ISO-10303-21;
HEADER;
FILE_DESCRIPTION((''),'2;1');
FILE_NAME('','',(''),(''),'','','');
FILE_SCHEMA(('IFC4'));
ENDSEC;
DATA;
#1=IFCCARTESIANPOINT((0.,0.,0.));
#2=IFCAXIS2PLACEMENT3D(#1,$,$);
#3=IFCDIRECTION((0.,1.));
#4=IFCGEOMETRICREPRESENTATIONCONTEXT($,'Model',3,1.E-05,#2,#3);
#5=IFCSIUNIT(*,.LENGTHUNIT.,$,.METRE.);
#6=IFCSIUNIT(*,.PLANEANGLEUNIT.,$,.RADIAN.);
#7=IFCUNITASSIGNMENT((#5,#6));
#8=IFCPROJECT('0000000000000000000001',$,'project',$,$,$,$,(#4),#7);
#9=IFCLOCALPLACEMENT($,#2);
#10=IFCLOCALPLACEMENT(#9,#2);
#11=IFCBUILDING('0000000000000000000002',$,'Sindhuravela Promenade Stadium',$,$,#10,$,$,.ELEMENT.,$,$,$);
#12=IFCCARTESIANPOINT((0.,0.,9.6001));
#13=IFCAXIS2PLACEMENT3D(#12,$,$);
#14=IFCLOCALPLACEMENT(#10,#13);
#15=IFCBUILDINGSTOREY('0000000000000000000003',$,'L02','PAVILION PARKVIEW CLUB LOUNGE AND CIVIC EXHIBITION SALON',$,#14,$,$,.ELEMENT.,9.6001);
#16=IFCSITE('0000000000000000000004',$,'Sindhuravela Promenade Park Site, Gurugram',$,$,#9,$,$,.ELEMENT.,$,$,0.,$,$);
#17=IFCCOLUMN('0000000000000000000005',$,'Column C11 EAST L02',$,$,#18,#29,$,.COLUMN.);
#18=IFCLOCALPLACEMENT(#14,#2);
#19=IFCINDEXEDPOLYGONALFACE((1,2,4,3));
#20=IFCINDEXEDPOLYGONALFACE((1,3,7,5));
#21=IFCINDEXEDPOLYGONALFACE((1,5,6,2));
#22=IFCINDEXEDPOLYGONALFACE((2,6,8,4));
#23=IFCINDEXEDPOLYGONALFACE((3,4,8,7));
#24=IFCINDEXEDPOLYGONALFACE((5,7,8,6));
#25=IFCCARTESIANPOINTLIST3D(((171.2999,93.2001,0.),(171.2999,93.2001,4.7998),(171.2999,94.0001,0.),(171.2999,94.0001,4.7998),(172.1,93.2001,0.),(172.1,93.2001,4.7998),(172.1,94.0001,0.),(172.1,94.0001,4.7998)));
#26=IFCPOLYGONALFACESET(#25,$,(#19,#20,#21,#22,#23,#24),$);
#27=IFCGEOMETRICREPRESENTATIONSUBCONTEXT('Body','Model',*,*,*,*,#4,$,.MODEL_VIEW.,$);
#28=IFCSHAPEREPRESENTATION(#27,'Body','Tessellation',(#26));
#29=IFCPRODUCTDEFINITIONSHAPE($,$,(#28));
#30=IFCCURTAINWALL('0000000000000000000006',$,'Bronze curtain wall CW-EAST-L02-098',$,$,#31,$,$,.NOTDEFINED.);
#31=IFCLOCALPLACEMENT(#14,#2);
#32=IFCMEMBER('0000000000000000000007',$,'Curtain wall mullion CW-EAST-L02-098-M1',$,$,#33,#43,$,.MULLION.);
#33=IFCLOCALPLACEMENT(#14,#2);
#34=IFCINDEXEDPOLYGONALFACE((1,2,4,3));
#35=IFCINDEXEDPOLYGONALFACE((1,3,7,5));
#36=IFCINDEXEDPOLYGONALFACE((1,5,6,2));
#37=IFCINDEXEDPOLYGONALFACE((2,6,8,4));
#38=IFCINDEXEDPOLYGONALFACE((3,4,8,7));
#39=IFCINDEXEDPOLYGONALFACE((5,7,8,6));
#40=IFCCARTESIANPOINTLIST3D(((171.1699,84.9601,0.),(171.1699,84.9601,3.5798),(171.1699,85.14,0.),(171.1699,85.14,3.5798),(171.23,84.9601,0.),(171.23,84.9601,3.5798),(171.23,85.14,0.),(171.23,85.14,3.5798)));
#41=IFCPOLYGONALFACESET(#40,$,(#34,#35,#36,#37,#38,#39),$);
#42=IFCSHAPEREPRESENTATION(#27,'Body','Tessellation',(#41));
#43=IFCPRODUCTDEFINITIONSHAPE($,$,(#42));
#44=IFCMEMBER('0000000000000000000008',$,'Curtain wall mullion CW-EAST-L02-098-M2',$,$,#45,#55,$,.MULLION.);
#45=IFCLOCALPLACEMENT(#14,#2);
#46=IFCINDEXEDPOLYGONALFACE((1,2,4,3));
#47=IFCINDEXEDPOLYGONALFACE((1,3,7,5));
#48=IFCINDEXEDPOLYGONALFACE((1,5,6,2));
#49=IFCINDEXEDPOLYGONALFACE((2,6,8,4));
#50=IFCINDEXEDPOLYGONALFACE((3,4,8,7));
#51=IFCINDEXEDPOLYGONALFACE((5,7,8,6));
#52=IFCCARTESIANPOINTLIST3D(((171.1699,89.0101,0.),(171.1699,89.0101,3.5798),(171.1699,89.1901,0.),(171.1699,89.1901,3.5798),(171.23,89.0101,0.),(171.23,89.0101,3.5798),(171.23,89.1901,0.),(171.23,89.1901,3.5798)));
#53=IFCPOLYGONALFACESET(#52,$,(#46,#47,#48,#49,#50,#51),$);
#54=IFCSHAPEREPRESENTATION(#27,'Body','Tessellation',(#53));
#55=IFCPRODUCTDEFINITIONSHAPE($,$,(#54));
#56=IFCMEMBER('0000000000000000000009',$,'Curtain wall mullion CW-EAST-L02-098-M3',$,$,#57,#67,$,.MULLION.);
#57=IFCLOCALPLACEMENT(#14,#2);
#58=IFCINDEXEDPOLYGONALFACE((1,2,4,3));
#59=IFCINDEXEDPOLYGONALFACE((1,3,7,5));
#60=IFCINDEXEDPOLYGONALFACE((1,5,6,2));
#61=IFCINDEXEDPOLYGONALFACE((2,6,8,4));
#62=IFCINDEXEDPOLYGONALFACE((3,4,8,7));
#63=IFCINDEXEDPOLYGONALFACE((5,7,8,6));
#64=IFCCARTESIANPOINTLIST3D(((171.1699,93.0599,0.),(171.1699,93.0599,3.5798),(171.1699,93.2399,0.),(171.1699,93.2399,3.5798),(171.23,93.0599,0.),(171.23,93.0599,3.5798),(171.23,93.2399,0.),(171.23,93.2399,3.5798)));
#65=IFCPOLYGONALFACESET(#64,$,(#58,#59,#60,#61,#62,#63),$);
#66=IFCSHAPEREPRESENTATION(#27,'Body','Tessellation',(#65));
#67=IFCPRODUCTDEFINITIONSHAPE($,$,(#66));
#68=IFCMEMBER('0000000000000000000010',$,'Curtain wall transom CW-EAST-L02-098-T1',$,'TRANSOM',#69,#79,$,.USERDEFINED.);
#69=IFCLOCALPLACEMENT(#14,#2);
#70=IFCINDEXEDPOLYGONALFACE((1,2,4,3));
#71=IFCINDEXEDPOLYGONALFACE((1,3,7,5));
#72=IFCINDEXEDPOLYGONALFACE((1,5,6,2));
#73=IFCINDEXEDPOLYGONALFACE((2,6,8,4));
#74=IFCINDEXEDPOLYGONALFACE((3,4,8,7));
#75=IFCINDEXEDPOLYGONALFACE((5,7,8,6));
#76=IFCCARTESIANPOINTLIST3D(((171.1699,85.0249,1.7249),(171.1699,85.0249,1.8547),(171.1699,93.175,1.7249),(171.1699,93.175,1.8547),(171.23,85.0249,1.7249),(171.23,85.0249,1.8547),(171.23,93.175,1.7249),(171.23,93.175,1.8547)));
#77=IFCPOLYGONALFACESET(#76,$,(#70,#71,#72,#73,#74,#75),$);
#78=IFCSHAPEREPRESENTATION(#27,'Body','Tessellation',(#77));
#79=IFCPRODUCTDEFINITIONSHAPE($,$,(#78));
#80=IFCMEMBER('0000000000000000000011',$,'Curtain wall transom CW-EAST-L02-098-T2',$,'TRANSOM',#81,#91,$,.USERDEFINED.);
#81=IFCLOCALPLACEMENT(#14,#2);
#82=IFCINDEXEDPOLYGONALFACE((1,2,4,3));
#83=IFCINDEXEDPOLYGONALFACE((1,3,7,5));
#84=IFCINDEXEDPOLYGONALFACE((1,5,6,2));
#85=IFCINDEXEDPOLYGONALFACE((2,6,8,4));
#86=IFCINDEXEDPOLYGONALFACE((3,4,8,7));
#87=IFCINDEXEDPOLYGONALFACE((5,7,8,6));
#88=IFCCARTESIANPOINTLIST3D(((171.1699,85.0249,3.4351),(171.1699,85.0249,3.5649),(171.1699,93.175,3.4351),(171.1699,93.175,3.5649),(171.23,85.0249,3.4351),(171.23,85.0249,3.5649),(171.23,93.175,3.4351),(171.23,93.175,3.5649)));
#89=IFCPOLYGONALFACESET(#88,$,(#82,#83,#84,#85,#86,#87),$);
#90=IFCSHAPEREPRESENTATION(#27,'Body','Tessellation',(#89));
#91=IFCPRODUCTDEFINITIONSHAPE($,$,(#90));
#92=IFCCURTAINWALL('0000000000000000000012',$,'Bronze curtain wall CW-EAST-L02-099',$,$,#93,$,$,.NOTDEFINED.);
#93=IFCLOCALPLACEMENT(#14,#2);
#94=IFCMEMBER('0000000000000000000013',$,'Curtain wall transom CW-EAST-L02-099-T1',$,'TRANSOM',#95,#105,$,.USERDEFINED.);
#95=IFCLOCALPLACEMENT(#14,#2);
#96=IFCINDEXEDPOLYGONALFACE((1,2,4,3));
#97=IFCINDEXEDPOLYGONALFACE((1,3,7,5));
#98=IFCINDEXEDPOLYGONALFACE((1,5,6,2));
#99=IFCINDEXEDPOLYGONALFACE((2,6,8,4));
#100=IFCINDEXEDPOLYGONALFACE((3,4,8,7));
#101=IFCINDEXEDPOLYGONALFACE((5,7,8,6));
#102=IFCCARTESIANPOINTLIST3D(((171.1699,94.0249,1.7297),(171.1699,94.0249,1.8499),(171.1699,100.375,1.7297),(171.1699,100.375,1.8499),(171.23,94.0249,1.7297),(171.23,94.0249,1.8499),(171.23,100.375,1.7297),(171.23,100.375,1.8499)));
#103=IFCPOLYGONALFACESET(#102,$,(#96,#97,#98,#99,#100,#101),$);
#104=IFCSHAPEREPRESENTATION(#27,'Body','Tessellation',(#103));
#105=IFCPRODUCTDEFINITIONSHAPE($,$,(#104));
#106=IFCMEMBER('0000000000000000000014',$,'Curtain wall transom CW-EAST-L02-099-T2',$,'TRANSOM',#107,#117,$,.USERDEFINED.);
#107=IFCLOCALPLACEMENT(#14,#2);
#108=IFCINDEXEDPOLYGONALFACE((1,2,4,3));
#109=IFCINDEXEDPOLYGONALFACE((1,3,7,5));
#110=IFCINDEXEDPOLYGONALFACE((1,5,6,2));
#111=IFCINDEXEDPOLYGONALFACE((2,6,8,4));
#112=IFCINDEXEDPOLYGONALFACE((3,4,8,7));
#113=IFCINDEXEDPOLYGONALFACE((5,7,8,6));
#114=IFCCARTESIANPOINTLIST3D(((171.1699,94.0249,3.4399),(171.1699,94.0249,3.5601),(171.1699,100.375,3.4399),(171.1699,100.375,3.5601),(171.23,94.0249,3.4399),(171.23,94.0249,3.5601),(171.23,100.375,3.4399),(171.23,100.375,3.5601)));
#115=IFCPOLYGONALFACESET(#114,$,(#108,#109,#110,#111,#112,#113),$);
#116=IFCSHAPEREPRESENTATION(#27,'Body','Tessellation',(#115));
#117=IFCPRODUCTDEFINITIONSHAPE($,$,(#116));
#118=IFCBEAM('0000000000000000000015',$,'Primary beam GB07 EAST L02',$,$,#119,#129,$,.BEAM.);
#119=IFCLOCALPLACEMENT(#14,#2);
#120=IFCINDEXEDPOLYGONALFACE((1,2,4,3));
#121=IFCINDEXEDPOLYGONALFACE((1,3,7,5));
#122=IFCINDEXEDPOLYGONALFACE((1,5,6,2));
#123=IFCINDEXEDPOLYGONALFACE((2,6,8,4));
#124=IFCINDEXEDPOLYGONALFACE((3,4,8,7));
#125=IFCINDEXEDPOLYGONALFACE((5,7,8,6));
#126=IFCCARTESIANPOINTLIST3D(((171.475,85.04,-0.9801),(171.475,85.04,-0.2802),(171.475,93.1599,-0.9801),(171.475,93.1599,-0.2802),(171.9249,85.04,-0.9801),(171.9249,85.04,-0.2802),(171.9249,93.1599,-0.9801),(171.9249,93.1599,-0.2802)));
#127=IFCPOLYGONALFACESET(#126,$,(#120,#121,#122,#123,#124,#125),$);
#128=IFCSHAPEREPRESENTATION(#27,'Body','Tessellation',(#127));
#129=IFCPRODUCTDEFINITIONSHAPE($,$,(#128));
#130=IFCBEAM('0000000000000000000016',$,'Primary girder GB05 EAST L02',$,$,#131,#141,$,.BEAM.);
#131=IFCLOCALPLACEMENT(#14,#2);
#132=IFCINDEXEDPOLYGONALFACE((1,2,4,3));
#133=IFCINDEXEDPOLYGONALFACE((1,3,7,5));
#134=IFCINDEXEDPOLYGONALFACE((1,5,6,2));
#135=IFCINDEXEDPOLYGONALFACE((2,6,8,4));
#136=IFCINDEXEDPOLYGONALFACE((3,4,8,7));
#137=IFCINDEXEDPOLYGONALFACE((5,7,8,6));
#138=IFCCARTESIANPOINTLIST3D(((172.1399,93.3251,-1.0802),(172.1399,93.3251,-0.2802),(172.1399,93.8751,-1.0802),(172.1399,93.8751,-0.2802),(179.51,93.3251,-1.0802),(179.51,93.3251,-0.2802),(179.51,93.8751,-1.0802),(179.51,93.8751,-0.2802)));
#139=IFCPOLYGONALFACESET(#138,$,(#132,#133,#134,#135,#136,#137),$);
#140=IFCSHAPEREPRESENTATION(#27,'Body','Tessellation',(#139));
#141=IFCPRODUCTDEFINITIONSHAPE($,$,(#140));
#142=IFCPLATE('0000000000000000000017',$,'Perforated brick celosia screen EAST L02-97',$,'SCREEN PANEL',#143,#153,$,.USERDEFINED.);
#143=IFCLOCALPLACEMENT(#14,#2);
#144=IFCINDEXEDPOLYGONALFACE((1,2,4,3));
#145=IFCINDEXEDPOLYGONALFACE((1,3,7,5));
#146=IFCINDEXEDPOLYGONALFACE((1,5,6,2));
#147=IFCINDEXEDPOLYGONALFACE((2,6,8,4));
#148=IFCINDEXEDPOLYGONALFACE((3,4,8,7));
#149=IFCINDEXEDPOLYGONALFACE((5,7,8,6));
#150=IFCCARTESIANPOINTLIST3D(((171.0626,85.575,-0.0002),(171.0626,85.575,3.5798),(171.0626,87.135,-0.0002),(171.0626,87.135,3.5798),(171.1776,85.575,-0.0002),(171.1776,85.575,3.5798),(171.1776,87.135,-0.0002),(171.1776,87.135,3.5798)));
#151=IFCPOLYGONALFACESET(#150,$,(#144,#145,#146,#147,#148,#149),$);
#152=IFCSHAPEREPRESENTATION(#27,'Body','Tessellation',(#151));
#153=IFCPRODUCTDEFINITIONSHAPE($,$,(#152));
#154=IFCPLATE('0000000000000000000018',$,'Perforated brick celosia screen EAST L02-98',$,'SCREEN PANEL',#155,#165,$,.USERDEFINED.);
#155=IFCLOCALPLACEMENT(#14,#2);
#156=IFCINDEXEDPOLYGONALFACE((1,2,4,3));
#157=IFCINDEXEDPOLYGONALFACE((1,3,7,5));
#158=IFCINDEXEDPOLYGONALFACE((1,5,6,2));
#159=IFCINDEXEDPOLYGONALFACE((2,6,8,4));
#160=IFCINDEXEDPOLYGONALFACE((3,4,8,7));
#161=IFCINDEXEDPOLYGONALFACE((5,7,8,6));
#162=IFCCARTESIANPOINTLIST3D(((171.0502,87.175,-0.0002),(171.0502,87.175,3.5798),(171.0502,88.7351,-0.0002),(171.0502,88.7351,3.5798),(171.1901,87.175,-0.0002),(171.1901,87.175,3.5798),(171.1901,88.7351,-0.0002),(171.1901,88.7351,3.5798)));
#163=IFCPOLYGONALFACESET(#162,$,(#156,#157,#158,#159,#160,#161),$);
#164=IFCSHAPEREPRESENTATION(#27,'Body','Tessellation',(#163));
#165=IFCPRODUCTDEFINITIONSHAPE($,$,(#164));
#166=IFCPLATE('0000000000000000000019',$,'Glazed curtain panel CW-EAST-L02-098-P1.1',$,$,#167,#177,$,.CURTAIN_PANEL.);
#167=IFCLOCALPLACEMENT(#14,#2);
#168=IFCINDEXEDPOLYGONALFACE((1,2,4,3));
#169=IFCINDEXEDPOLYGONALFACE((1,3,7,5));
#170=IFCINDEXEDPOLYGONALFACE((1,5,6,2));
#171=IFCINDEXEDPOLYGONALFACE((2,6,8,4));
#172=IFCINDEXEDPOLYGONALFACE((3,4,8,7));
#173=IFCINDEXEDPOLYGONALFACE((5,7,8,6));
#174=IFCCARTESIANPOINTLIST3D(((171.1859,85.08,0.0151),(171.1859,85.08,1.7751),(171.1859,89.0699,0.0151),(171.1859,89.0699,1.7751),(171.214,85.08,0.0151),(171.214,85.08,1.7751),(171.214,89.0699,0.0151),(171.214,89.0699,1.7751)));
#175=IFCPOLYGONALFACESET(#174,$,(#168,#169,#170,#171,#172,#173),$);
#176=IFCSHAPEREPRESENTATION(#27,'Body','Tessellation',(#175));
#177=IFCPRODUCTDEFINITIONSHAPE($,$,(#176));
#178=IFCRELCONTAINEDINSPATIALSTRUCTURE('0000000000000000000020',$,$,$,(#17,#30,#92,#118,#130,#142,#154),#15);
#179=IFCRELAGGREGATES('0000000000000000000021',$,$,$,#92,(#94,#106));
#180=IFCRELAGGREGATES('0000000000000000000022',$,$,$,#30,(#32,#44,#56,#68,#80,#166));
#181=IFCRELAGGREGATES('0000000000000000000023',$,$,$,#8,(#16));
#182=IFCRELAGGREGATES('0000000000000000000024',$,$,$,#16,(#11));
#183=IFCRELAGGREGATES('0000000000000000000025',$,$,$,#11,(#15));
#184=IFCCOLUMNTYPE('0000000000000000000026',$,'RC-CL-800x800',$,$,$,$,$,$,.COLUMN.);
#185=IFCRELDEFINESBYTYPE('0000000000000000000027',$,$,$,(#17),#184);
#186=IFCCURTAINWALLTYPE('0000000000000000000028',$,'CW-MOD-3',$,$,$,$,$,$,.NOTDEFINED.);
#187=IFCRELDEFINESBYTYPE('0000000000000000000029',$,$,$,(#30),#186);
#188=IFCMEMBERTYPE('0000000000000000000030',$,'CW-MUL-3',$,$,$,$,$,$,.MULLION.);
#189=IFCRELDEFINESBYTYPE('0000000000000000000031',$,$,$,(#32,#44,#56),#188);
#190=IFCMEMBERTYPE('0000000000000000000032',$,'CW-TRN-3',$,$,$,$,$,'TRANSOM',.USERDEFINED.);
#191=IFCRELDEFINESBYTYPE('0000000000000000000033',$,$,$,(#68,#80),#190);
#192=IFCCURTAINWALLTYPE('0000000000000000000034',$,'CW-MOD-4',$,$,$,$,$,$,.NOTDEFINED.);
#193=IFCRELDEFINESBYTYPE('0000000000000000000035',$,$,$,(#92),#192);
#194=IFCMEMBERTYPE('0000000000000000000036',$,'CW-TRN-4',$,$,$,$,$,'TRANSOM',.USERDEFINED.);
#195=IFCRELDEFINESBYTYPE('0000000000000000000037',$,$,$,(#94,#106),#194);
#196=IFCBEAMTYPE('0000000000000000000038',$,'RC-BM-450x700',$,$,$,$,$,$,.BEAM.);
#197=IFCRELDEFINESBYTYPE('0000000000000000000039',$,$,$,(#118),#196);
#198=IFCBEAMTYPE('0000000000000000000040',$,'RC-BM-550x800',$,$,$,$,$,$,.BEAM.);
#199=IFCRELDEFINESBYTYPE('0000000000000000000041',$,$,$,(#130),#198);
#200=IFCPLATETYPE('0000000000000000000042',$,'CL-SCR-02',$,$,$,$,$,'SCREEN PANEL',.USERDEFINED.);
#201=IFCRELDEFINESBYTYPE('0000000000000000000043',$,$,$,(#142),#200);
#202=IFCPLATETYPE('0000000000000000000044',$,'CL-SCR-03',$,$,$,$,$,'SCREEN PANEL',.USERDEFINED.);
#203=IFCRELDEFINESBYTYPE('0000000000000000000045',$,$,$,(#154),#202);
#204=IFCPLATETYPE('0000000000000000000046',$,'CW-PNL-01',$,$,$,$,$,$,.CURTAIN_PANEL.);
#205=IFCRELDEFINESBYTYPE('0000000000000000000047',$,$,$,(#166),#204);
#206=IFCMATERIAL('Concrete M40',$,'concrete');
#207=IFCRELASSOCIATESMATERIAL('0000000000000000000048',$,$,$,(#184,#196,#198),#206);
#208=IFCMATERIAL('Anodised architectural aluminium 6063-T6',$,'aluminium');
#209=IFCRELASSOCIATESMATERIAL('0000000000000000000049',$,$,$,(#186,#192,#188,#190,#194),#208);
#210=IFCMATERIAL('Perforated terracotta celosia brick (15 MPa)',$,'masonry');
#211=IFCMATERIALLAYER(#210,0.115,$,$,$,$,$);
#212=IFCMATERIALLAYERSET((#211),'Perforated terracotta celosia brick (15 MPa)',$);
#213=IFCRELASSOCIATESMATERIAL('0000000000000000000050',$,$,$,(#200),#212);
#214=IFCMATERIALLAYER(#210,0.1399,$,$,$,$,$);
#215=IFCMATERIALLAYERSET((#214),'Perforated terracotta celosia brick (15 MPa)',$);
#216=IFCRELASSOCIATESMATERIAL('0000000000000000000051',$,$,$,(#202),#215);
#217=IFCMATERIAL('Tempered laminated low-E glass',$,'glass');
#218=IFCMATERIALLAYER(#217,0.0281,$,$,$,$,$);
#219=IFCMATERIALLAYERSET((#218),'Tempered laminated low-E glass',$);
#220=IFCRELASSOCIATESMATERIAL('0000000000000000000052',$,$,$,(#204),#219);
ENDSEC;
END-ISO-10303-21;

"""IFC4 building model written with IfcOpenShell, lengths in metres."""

from ifc_helpers import new_model, si_unit, direction, frame, origin, origin_2d, place, context, subcontext, project, spatial, rectangle, extrude, material, layer, layer_set, material_profile, profile_set, type_object, element, aggregate, save


model = new_model("IFC4")

# Units and contexts
model_context = context("Model", 3, precision=1e-05, world=origin(), true_north=direction((0.0, 1.0)))
body_context = subcontext(model_context, "Body", "Model", "MODEL_VIEW")
ifc_project = project(units=[si_unit("LENGTHUNIT", "METRE"), si_unit("PLANEANGLEUNIT", "RADIAN")], contexts=[model_context])

# Site, building, storey
site_placement = place(None, origin())
site = spatial("IfcSite", under=ifc_project, at=site_placement, Name="Sindhuravela Promenade Park Site, Gurugram", CompositionType="ELEMENT", RefElevation=0.0)
building_placement = place(site_placement, origin())
building = spatial("IfcBuilding", under=site, at=building_placement, Name="Sindhuravela Promenade Stadium", CompositionType="ELEMENT")
storey_placement = place(building_placement, frame((0.0, 0.0, 9.6001)))
storey = spatial("IfcBuildingStorey", under=building, at=storey_placement, Name="L02", Description="PAVILION PARKVIEW CLUB LOUNGE AND CIVIC EXHIBITION SALON", CompositionType="ELEMENT", Elevation=9.6001)

# Column
ifc_material_1 = material(Name="Concrete M40", Category="concrete")
ifc_material_profile_1 = material_profile(ifc_material_1, rectangle(XDim=0.8, YDim=0.8, at=origin_2d()), Name="RC 800x800")
ifc_profile_set_1 = profile_set([ifc_material_profile_1], Name="Concrete M40")
column_type = type_object("IfcColumnType", Name="RC-CL-800x800", PredefinedType="COLUMN", material=ifc_profile_set_1)
column_placement = place(storey_placement, frame((171.7, 93.6001, 0.0), z_axis=(0.0, 0.0, 1.0), x_axis=(1.0, 0.0, 0.0)))
element("IfcColumn", 1, at=column_placement, inside=storey, type_object=column_type, Name="Column C11 EAST L02", PredefinedType="COLUMN", context=body_context, shape_type="SweptSolid", body=[
    extrude(rectangle(XDim=0.8, YDim=0.8, at=origin_2d()), origin(), (0.0, 0.0, 1.0), 4.7998),
])

# Curtain walls, members
ifc_material_2 = material(Name="Anodised architectural aluminium 6063-T6", Category="aluminium")
curtain_wall_type_1 = type_object("IfcCurtainWallType", Name="CW-MOD-3", PredefinedType="NOTDEFINED", material=ifc_material_2)
curtain_wall_1_placement = place(storey_placement, origin())
curtain_wall_1 = element("IfcCurtainWall", 2, at=curtain_wall_1_placement, inside=storey, type_object=curtain_wall_type_1, Name="Bronze curtain wall CW-EAST-L02-098", PredefinedType="NOTDEFINED")
ifc_material_profile_2 = material_profile(ifc_material_2, rectangle(XDim=0.0601, YDim=0.1799, at=origin_2d()), Name="ALU M60x180")
ifc_profile_set_2 = profile_set([ifc_material_profile_2], Name="Anodised architectural aluminium 6063-T6")
member_type_1 = type_object("IfcMemberType", Name="CW-MUL-3", PredefinedType="MULLION", material=ifc_profile_set_2)
member_1_placement = place(storey_placement, frame((171.2, 85.05, 0.0), z_axis=(0.0, 0.0, 1.0), x_axis=(1.0, 0.0, 0.0)))
member_1 = element("IfcMember", 3, at=member_1_placement, type_object=member_type_1, Name="Curtain wall mullion CW-EAST-L02-098-M1", PredefinedType="MULLION", context=body_context, shape_type="SweptSolid", body=[
    extrude(rectangle(XDim=0.0601, YDim=0.1799, at=origin_2d()), origin(), (0.0, 0.0, 1.0), 3.5798),
])
member_2_placement = place(storey_placement, frame((171.2, 89.1001, 0.0), z_axis=(0.0, 0.0, 1.0), x_axis=(1.0, 0.0, 0.0)))
member_2 = element("IfcMember", 4, at=member_2_placement, type_object=member_type_1, Name="Curtain wall mullion CW-EAST-L02-098-M2", PredefinedType="MULLION", context=body_context, shape_type="SweptSolid", body=[
    extrude(rectangle(XDim=0.0601, YDim=0.1799, at=origin_2d()), origin(), (0.0, 0.0, 1.0), 3.5798),
])
member_3_placement = place(storey_placement, frame((171.2, 93.1499, 0.0), z_axis=(0.0, 0.0, 1.0), x_axis=(1.0, 0.0, 0.0)))
member_3 = element("IfcMember", 5, at=member_3_placement, type_object=member_type_1, Name="Curtain wall mullion CW-EAST-L02-098-M3", PredefinedType="MULLION", context=body_context, shape_type="SweptSolid", body=[
    extrude(rectangle(XDim=0.0601, YDim=0.1799, at=origin_2d()), origin(), (0.0, 0.0, 1.0), 3.5798),
])
ifc_material_profile_3 = material_profile(ifc_material_2, rectangle(XDim=0.0601, YDim=0.1299, at=origin_2d()), Name="ALU T60x130")
ifc_profile_set_3 = profile_set([ifc_material_profile_3], Name="Anodised architectural aluminium 6063-T6")
member_type_2 = type_object("IfcMemberType", Name="CW-TRN-3", ElementType="TRANSOM", PredefinedType="USERDEFINED", material=ifc_profile_set_3)
member_4_placement = place(storey_placement, frame((171.2, 85.0249, 1.7898), z_axis=(0.0, 1.0, 0.0), x_axis=(-1.0, 0.0, 0.0)))
member_4 = element("IfcMember", 6, at=member_4_placement, type_object=member_type_2, Name="Curtain wall transom CW-EAST-L02-098-T1", ObjectType="TRANSOM", PredefinedType="USERDEFINED", context=body_context, shape_type="SweptSolid", body=[
    extrude(rectangle(XDim=0.0601, YDim=0.1299, at=origin_2d()), origin(), (0.0, 0.0, 1.0), 8.1501),
])
member_5_placement = place(storey_placement, frame((171.2, 85.0249, 3.5), z_axis=(0.0, 1.0, 0.0), x_axis=(-1.0, 0.0, 0.0)))
member_5 = element("IfcMember", 7, at=member_5_placement, type_object=member_type_2, Name="Curtain wall transom CW-EAST-L02-098-T2", ObjectType="TRANSOM", PredefinedType="USERDEFINED", context=body_context, shape_type="SweptSolid", body=[
    extrude(rectangle(XDim=0.0601, YDim=0.1299, at=origin_2d()), origin(), (0.0, 0.0, 1.0), 8.1501),
])
curtain_wall_type_2 = type_object("IfcCurtainWallType", Name="CW-MOD-4", PredefinedType="NOTDEFINED", material=ifc_material_2)
curtain_wall_2_placement = place(storey_placement, origin())
curtain_wall_2 = element("IfcCurtainWall", 8, at=curtain_wall_2_placement, inside=storey, type_object=curtain_wall_type_2, Name="Bronze curtain wall CW-EAST-L02-099", PredefinedType="NOTDEFINED")
ifc_material_profile_4 = material_profile(ifc_material_2, rectangle(XDim=0.0601, YDim=0.1201, at=origin_2d()), Name="ALU T60x120")
ifc_profile_set_4 = profile_set([ifc_material_profile_4], Name="Anodised architectural aluminium 6063-T6")
member_type_3 = type_object("IfcMemberType", Name="CW-TRN-4", ElementType="TRANSOM", PredefinedType="USERDEFINED", material=ifc_profile_set_4)
member_6_placement = place(storey_placement, frame((171.2, 94.0249, 1.7898), z_axis=(0.0, 1.0, 0.0), x_axis=(-1.0, 0.0, 0.0)))
member_6 = element("IfcMember", 9, at=member_6_placement, type_object=member_type_3, Name="Curtain wall transom CW-EAST-L02-099-T1", ObjectType="TRANSOM", PredefinedType="USERDEFINED", context=body_context, shape_type="SweptSolid", body=[
    extrude(rectangle(XDim=0.0601, YDim=0.1201, at=origin_2d()), origin(), (0.0, 0.0, 1.0), 6.3501),
])
member_7_placement = place(storey_placement, frame((171.2, 94.0249, 3.5), z_axis=(0.0, 1.0, 0.0), x_axis=(-1.0, 0.0, 0.0)))
member_7 = element("IfcMember", 10, at=member_7_placement, type_object=member_type_3, Name="Curtain wall transom CW-EAST-L02-099-T2", ObjectType="TRANSOM", PredefinedType="USERDEFINED", context=body_context, shape_type="SweptSolid", body=[
    extrude(rectangle(XDim=0.0601, YDim=0.1201, at=origin_2d()), origin(), (0.0, 0.0, 1.0), 6.3501),
])
aggregate(curtain_wall_2, [member_6, member_7])

# Beams
ifc_material_profile_5 = material_profile(ifc_material_1, rectangle(XDim=0.45, YDim=0.7, at=origin_2d()), Name="RC 450x700")
ifc_profile_set_5 = profile_set([ifc_material_profile_5], Name="Concrete M40")
beam_type_1 = type_object("IfcBeamType", Name="RC-BM-450x700", PredefinedType="BEAM", material=ifc_profile_set_5)
beam_1_placement = place(storey_placement, frame((171.7, 85.04, -0.6301), z_axis=(0.0, 1.0, 0.0), x_axis=(-1.0, 0.0, 0.0)))
element("IfcBeam", 11, at=beam_1_placement, inside=storey, type_object=beam_type_1, Name="Primary beam GB07 EAST L02", PredefinedType="BEAM", context=body_context, shape_type="SweptSolid", body=[
    extrude(rectangle(XDim=0.45, YDim=0.7, at=origin_2d()), origin(), (0.0, 0.0, 1.0), 8.1199),
])
ifc_material_profile_6 = material_profile(ifc_material_1, rectangle(XDim=0.55, YDim=0.8, at=origin_2d()), Name="RC 550x800")
ifc_profile_set_6 = profile_set([ifc_material_profile_6], Name="Concrete M40")
beam_type_2 = type_object("IfcBeamType", Name="RC-BM-550x800", PredefinedType="BEAM", material=ifc_profile_set_6)
beam_2_placement = place(storey_placement, frame((172.1399, 93.6001, -0.6802), z_axis=(1.0, 0.0, 0.0), x_axis=(0.0, 1.0, 0.0)))
element("IfcBeam", 12, at=beam_2_placement, inside=storey, type_object=beam_type_2, Name="Primary girder GB05 EAST L02", PredefinedType="BEAM", context=body_context, shape_type="SweptSolid", body=[
    extrude(rectangle(XDim=0.55, YDim=0.8, at=origin_2d()), origin(), (0.0, 0.0, 1.0), 7.3701),
])

# Plates
ifc_material_3 = material(Name="Perforated terracotta celosia brick (15 MPa)", Category="masonry")
ifc_layer_1 = layer(ifc_material_3, 0.115)
ifc_layer_set_1 = layer_set([ifc_layer_1], Name="Perforated terracotta celosia brick (15 MPa)")
plate_type_1 = type_object("IfcPlateType", Name="CL-SCR-02", ElementType="SCREEN PANEL", PredefinedType="USERDEFINED", material=ifc_layer_set_1)
plate_1_placement = place(storey_placement, frame((171.1201, 86.355, -0.0002), z_axis=(0.0, 0.0, 1.0), x_axis=(0.0, 1.0, 0.0)))
element("IfcPlate", 13, at=plate_1_placement, inside=storey, type_object=plate_type_1, Name="Perforated brick celosia screen EAST L02-97", ObjectType="SCREEN PANEL", PredefinedType="USERDEFINED", context=body_context, shape_type="SweptSolid", body=[
    extrude(rectangle(XDim=1.5601, YDim=0.115, at=origin_2d()), origin(), (0.0, 0.0, 1.0), 3.5801),
])
ifc_layer_2 = layer(ifc_material_3, 0.1399)
ifc_layer_set_2 = layer_set([ifc_layer_2], Name="Perforated terracotta celosia brick (15 MPa)")
plate_type_2 = type_object("IfcPlateType", Name="CL-SCR-03", ElementType="SCREEN PANEL", PredefinedType="USERDEFINED", material=ifc_layer_set_2)
plate_2_placement = place(storey_placement, frame((171.1201, 87.9551, -0.0002), z_axis=(0.0, 0.0, 1.0), x_axis=(0.0, 1.0, 0.0)))
element("IfcPlate", 14, at=plate_2_placement, inside=storey, type_object=plate_type_2, Name="Perforated brick celosia screen EAST L02-98", ObjectType="SCREEN PANEL", PredefinedType="USERDEFINED", context=body_context, shape_type="SweptSolid", body=[
    extrude(rectangle(XDim=1.5601, YDim=0.1399, at=origin_2d()), origin(), (0.0, 0.0, 1.0), 3.5801),
])

# Plate
ifc_material_4 = material(Name="Tempered laminated low-E glass", Category="glass")
ifc_layer_3 = layer(ifc_material_4, 0.0281)
ifc_layer_set_3 = layer_set([ifc_layer_3], Name="Tempered laminated low-E glass")
plate_type_3 = type_object("IfcPlateType", Name="CW-PNL-01", PredefinedType="CURTAIN_PANEL", material=ifc_layer_set_3)
plate_3_placement = place(storey_placement, frame((171.2, 87.075, 0.0151), z_axis=(0.0, 0.0, 1.0), x_axis=(0.0, 1.0, 0.0)))
plate_3 = element("IfcPlate", 15, at=plate_3_placement, type_object=plate_type_3, Name="Glazed curtain panel CW-EAST-L02-098-P1.1", PredefinedType="CURTAIN_PANEL", context=body_context, shape_type="SweptSolid", body=[
    extrude(rectangle(XDim=3.99, YDim=0.0281, at=origin_2d()), origin(), (0.0, 0.0, 1.0), 1.76),
])
aggregate(curtain_wall_1, [member_1, member_2, member_3, member_4, member_5, plate_3])

save(model, "model.ifc")
